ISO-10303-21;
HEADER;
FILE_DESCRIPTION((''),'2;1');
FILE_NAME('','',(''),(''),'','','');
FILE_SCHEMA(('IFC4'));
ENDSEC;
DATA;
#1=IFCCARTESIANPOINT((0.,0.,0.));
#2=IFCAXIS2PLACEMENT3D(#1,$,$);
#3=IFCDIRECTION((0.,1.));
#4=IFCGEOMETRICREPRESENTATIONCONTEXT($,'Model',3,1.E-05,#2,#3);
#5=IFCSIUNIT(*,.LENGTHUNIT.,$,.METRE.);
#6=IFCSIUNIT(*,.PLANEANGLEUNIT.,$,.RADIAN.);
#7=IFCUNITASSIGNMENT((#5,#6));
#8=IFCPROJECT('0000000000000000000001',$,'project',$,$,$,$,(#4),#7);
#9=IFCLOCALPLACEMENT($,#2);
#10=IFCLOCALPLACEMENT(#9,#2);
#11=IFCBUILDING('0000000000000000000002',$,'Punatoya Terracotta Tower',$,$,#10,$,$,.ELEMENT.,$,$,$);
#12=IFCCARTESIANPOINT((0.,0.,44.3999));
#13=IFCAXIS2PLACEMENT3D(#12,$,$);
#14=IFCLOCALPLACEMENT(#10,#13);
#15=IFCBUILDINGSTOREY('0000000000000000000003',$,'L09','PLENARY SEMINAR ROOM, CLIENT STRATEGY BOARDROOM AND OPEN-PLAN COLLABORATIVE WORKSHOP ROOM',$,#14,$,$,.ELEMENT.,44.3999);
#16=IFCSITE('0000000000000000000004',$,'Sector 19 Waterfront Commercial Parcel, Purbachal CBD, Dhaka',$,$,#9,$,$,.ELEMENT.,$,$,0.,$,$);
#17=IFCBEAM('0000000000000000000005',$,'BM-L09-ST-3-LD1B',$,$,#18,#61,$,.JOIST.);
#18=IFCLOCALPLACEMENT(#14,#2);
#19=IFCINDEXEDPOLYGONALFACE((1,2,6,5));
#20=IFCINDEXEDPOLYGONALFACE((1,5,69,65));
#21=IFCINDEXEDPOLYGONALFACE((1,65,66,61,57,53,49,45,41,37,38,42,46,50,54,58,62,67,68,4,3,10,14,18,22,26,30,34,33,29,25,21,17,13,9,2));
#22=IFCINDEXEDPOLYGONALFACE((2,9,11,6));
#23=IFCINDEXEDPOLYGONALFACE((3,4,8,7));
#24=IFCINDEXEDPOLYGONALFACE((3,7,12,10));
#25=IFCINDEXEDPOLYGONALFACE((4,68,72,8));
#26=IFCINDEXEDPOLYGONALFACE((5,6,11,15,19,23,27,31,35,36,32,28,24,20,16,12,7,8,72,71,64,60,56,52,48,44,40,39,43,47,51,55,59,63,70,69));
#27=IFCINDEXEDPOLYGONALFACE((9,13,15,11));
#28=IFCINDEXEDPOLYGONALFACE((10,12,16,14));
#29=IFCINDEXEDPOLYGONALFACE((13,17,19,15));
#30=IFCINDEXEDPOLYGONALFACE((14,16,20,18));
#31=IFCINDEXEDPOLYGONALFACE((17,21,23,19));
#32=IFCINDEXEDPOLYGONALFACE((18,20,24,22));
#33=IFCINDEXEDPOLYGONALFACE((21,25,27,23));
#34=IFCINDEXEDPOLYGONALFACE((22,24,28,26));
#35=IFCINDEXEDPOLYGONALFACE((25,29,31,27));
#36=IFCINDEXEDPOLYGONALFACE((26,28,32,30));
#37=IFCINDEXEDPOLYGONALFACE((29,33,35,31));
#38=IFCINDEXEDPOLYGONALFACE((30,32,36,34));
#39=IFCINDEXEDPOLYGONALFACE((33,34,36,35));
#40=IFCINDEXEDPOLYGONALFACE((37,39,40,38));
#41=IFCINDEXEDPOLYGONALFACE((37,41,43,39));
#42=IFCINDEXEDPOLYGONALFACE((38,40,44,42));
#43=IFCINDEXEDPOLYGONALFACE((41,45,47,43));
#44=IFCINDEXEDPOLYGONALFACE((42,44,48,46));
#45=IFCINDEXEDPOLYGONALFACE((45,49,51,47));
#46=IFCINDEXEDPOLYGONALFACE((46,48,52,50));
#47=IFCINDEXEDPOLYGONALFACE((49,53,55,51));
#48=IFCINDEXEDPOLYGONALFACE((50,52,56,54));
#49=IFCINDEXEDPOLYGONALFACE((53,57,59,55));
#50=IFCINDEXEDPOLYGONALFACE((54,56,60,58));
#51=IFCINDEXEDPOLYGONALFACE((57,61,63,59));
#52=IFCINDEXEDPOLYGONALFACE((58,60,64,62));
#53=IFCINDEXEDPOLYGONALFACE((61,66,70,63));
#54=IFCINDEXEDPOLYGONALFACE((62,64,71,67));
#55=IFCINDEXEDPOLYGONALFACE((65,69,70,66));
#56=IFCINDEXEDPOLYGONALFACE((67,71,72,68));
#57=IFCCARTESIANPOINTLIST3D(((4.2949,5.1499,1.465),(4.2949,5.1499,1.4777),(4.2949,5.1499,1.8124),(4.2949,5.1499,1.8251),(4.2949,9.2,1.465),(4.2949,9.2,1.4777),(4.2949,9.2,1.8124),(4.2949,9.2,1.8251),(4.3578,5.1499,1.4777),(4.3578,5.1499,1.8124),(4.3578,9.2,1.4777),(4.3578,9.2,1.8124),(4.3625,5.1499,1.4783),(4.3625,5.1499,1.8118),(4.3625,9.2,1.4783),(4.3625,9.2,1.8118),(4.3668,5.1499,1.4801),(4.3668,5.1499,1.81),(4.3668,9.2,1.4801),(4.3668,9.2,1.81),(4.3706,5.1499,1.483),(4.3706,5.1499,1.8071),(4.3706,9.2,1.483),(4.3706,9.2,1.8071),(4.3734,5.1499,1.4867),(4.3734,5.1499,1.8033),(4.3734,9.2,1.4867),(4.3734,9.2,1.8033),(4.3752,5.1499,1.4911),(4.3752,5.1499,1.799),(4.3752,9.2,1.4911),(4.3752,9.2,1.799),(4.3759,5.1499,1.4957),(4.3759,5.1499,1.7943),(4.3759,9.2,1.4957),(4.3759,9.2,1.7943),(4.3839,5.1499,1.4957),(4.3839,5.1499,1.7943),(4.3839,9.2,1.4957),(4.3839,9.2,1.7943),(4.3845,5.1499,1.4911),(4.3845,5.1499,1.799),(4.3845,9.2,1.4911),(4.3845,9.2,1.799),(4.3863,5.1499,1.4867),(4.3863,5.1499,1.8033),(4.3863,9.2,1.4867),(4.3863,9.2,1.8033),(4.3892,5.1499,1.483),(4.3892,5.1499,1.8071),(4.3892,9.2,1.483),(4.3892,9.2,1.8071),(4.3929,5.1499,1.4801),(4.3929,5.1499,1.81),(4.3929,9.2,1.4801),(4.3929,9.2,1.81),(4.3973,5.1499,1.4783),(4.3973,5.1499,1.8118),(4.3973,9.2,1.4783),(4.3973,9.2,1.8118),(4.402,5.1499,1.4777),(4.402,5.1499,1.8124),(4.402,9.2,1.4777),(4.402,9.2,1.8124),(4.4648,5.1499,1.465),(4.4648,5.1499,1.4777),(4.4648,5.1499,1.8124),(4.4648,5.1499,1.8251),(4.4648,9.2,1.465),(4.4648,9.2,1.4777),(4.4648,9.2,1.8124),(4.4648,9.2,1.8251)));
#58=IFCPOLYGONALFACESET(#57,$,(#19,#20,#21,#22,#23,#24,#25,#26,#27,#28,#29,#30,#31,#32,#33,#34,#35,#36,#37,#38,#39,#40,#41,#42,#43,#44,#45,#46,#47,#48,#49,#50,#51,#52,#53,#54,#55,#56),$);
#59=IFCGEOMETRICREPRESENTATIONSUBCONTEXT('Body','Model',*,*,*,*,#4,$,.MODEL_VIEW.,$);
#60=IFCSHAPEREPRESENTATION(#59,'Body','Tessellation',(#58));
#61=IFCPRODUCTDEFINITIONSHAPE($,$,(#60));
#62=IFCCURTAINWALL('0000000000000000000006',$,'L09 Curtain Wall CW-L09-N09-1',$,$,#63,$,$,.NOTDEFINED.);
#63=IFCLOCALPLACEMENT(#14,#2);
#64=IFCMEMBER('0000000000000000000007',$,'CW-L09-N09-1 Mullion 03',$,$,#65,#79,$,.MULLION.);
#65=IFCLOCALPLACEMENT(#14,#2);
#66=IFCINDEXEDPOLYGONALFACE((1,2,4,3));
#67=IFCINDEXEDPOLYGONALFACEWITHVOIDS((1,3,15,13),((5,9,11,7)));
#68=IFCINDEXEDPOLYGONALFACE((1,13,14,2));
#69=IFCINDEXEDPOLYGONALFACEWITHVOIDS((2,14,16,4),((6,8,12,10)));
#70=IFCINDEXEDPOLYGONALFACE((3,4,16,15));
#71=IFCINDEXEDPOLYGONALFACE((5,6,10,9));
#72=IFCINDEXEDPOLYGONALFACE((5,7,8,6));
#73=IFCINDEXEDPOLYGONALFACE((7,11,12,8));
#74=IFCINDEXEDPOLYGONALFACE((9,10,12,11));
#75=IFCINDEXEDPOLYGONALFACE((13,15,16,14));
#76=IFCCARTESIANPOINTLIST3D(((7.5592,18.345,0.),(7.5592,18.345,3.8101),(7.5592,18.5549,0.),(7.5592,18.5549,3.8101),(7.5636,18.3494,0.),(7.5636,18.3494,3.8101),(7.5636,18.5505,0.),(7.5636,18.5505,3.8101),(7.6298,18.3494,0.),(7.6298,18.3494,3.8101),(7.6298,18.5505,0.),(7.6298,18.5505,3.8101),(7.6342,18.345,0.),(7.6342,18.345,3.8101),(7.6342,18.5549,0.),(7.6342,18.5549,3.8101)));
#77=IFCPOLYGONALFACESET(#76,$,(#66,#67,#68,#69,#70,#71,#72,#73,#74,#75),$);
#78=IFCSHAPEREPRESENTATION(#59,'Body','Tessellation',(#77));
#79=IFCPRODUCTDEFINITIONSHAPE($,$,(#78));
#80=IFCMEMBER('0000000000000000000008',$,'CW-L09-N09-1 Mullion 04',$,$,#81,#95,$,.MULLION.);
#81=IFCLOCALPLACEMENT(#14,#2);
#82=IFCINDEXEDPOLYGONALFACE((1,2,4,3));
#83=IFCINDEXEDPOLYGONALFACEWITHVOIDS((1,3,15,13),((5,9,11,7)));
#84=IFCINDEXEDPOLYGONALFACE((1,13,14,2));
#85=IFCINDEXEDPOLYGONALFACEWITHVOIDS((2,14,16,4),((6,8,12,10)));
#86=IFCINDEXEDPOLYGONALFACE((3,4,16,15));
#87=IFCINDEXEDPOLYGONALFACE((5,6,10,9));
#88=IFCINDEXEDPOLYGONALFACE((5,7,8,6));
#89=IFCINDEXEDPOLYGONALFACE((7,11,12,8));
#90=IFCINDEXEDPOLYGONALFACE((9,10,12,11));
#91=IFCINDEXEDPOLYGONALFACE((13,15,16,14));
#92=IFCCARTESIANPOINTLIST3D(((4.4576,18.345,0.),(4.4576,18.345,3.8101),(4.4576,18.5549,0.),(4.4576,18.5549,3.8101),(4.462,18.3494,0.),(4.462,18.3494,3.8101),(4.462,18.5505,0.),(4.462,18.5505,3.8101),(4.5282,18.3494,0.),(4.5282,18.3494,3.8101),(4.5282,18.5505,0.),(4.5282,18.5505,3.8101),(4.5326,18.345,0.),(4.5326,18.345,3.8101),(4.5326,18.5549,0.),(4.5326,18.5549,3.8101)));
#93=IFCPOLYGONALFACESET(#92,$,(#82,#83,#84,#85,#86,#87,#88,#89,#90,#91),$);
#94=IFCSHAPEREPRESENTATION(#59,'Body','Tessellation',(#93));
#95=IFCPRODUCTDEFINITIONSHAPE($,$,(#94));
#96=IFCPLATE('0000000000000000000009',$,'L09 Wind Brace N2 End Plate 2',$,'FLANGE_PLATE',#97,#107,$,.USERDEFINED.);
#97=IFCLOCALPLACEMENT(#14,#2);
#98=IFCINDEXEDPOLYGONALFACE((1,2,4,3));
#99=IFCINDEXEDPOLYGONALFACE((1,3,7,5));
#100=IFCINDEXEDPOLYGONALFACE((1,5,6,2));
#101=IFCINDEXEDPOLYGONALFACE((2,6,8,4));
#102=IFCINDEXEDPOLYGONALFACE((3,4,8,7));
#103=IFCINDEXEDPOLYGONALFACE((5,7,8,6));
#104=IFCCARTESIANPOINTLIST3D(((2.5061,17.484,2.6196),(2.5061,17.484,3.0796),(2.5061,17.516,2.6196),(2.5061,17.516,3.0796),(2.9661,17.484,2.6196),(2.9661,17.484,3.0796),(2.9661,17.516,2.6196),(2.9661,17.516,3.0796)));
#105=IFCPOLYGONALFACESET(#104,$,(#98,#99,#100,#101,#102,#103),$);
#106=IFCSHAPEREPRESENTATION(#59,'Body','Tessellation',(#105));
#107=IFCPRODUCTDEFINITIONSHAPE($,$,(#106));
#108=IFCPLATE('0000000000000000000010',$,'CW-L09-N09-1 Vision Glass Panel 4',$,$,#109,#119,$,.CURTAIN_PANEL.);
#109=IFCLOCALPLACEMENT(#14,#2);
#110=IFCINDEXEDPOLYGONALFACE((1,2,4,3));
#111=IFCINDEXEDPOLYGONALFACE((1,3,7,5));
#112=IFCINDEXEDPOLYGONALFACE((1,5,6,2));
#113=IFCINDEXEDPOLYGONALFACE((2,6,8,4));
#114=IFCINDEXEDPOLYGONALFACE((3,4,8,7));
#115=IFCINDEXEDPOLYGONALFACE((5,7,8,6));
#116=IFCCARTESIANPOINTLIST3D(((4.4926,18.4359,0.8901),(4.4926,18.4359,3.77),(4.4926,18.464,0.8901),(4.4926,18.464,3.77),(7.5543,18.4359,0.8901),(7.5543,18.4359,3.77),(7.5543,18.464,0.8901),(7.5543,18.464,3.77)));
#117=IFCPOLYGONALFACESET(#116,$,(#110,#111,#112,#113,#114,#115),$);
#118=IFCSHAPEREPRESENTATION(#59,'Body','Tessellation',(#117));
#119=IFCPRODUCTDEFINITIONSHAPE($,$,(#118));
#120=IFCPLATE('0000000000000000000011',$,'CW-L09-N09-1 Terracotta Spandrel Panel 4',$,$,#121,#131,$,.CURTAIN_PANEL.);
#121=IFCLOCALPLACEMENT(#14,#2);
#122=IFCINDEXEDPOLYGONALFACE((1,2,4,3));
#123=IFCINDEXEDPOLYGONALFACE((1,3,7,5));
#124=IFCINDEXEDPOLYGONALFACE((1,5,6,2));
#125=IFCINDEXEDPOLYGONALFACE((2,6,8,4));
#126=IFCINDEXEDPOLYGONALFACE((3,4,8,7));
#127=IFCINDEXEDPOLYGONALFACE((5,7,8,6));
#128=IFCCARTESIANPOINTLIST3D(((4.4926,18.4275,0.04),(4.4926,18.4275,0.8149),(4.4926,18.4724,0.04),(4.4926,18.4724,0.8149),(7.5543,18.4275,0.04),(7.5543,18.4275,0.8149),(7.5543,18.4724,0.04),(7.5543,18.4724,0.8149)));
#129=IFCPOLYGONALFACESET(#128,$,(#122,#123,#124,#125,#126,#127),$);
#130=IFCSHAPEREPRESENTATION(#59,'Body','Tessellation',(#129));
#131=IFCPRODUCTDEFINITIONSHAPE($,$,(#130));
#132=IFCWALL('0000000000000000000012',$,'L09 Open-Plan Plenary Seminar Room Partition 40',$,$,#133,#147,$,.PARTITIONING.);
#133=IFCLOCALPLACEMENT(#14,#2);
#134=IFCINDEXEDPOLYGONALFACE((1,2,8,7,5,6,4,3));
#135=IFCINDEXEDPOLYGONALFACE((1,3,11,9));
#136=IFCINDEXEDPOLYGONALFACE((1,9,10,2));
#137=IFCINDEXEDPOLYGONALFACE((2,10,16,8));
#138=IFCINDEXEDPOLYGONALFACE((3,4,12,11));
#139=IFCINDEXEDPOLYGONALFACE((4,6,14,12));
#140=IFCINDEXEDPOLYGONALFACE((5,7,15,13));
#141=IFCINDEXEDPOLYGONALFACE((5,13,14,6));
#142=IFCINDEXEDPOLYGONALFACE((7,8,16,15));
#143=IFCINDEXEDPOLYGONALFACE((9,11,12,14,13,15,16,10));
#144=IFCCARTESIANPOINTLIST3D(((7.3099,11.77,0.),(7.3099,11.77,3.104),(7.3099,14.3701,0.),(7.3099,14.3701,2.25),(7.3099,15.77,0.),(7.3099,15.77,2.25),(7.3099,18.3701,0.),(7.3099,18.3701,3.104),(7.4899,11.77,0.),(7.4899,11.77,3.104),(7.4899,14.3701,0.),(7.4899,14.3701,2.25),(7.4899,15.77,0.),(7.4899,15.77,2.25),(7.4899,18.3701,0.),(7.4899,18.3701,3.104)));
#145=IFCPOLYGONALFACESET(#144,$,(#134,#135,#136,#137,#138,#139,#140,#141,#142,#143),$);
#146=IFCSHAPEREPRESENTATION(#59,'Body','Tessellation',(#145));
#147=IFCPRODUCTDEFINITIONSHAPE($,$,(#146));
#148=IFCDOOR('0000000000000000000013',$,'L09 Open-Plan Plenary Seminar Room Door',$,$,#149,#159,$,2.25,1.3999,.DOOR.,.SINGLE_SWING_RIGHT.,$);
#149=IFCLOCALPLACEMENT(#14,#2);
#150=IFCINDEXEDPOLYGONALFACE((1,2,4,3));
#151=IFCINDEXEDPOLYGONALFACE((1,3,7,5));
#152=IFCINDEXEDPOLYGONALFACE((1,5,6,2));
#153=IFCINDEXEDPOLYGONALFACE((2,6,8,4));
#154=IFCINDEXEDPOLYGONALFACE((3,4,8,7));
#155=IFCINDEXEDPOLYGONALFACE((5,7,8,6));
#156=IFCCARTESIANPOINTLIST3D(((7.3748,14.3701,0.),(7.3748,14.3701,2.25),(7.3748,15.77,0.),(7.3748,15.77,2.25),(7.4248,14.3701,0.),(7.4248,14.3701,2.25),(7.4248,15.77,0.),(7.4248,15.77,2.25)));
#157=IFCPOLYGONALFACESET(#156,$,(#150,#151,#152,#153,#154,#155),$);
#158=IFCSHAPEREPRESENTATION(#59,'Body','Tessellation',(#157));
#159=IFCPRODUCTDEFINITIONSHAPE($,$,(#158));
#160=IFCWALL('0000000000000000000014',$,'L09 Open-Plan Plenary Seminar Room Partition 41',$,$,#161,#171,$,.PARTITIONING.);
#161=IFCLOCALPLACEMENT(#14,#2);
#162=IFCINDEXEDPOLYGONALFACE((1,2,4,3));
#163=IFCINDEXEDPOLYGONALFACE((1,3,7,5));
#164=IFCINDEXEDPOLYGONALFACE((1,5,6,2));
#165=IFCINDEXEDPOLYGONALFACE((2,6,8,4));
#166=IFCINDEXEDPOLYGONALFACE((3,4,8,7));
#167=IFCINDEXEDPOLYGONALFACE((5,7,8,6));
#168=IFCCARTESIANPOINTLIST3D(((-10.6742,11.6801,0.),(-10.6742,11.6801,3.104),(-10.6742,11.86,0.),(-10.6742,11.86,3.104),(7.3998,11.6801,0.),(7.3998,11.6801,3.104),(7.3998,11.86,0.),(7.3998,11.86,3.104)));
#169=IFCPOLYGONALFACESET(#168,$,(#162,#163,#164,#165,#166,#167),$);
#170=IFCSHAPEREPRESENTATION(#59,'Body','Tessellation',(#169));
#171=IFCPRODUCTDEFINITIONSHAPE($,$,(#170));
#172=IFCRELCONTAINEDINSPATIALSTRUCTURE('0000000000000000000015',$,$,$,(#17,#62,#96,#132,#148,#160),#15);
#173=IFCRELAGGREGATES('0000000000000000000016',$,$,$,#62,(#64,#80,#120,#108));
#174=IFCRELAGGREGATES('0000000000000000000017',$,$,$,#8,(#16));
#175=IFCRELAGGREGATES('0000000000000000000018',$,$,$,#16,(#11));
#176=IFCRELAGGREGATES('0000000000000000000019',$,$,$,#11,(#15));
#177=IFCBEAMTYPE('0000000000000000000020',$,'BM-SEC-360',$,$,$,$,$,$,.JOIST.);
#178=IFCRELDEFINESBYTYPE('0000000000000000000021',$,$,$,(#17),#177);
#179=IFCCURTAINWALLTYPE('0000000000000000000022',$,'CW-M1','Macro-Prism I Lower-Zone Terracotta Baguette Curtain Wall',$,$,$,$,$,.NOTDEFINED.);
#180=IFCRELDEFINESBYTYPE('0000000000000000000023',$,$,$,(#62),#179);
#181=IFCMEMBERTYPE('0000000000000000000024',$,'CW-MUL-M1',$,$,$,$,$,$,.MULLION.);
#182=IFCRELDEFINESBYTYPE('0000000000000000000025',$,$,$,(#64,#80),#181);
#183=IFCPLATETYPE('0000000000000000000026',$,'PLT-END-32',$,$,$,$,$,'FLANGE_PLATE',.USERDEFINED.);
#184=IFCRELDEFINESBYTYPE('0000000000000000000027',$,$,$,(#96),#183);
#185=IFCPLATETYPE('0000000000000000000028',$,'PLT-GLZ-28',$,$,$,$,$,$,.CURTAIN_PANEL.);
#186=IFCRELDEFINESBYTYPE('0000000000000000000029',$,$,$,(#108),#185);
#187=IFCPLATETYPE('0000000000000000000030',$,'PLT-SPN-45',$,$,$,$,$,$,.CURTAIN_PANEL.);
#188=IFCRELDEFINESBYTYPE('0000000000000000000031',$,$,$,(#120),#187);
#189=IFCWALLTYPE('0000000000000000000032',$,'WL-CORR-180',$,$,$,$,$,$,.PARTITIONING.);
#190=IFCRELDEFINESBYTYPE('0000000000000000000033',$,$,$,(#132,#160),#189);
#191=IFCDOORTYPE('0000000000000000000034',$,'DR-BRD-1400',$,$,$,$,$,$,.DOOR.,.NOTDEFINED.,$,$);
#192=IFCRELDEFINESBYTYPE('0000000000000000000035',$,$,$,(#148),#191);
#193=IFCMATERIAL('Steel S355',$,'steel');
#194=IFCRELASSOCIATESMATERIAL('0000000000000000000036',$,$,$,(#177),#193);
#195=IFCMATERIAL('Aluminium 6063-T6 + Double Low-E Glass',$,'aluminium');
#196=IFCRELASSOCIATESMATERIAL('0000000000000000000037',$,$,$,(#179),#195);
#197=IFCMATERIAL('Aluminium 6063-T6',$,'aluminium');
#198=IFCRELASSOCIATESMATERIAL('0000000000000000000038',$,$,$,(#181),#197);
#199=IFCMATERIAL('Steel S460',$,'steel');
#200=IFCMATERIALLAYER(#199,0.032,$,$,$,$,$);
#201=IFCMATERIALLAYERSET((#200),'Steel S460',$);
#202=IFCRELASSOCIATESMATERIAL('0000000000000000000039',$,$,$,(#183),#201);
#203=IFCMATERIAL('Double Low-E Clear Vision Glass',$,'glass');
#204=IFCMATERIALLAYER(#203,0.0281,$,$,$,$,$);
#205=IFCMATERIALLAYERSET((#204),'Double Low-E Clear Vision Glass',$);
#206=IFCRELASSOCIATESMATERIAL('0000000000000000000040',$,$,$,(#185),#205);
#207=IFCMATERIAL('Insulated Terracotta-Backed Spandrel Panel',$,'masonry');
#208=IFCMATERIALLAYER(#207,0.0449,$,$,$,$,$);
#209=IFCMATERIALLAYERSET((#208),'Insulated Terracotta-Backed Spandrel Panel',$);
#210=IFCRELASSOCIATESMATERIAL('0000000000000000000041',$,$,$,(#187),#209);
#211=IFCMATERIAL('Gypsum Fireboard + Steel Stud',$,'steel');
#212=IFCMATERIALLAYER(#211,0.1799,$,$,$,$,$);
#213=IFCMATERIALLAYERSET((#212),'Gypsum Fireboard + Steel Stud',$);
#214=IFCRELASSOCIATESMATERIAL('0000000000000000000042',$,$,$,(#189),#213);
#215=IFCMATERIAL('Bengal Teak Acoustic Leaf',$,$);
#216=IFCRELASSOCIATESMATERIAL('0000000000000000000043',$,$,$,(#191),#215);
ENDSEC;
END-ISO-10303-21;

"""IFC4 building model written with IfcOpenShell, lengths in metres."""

from ifc_helpers import new_model, si_unit, direction, frame, frame_2d, origin, origin_2d, place, context, subcontext, project, spatial, rectangle, hollow_rectangle, i_section, extrude, material, layer, layer_set, material_profile, profile_set, type_object, element, fill, aggregate, save


model = new_model("IFC4")

# Units and contexts
model_context = context("Model", 3, precision=1e-05, world=origin(), true_north=direction((0.0, 1.0)))
body_context = subcontext(model_context, "Body", "Model", "MODEL_VIEW")
ifc_project = project(units=[si_unit("LENGTHUNIT", "METRE"), si_unit("PLANEANGLEUNIT", "RADIAN")], contexts=[model_context])

# Site, building, storey
site_placement = place(None, origin())
site = spatial("IfcSite", under=ifc_project, at=site_placement, Name="Sector 19 Waterfront Commercial Parcel, Purbachal CBD, Dhaka", CompositionType="ELEMENT", RefElevation=0.0)
building_placement = place(site_placement, origin())
building = spatial("IfcBuilding", under=site, at=building_placement, Name="Punatoya Terracotta Tower", CompositionType="ELEMENT")
storey_placement = place(building_placement, frame((0.0, 0.0, 44.3999)))
storey = spatial("IfcBuildingStorey", under=building, at=storey_placement, Name="L09", Description="PLENARY SEMINAR ROOM, CLIENT STRATEGY BOARDROOM AND OPEN-PLAN COLLABORATIVE WORKSHOP ROOM", CompositionType="ELEMENT", Elevation=44.3999)

# Shared definitions
ifc_material_1 = material(Name="Steel S460", Category="steel")

# Beam
ifc_material_2 = material(Name="Steel S355", Category="steel")
ifc_material_profile_1 = material_profile(ifc_material_2, i_section(OverallWidth=0.1699, OverallDepth=0.3601, WebThickness=0.0081, FlangeThickness=0.0127, FilletRadius=0.0181, at=origin_2d()))
ifc_profile_set_1 = profile_set([ifc_material_profile_1], Name="Steel S355")
beam_type_1 = type_object("IfcBeamType", Name="BM-SEC-360", PredefinedType="JOIST", material=ifc_profile_set_1)
for number, where, z_axis, x_axis, name in (
    (1, (4.3799, 5.1499, 1.645), (0.0, 1.0, 0.0), (-1.0, 0.0, 0.0), "BM-L09-ST-3-LD1B"),
):
    element("IfcBeam", number, at=place(storey_placement, frame(where, z_axis=z_axis, x_axis=x_axis)), inside=storey, type_object=beam_type_1, Name=name, PredefinedType="JOIST", context=body_context, shape_type="SweptSolid", body=[
        extrude(i_section(OverallWidth=0.1699, OverallDepth=0.3601, WebThickness=0.0081, FlangeThickness=0.0127, FilletRadius=0.0181, at=origin_2d()), origin(), (0.0, 0.0, 1.0), 4.05),
    ])

# Curtain wall, members
ifc_material_3 = material(Name="Aluminium 6063-T6 + Double Low-E Glass", Category="aluminium")
curtain_wall_type = type_object("IfcCurtainWallType", Name="CW-M1", Description="Macro-Prism I Lower-Zone Terracotta Baguette Curtain Wall", PredefinedType="NOTDEFINED", material=ifc_material_3)
curtain_wall_placement = place(storey_placement, origin())
curtain_wall = element("IfcCurtainWall", 2, at=curtain_wall_placement, inside=storey, type_object=curtain_wall_type, Name="L09 Curtain Wall CW-L09-N09-1", PredefinedType="NOTDEFINED")
ifc_material_4 = material(Name="Aluminium 6063-T6", Category="aluminium")
ifc_material_profile_2 = material_profile(ifc_material_4, hollow_rectangle(XDim=0.075, YDim=0.21, WallThickness=0.0044, at=origin_2d()))
ifc_profile_set_2 = profile_set([ifc_material_profile_2], Name="Aluminium 6063-T6")
member_type = type_object("IfcMemberType", Name="CW-MUL-M1", PredefinedType="MULLION", material=ifc_profile_set_2)
member_1_placement = place(storey_placement, frame((7.5967, 18.45, 0.0), z_axis=(0.0, 0.0, 1.0), x_axis=(1.0, 0.0, 0.0)))
member_1 = element("IfcMember", 3, at=member_1_placement, type_object=member_type, Name="CW-L09-N09-1 Mullion 03", PredefinedType="MULLION", context=body_context, shape_type="SweptSolid", body=[
    extrude(hollow_rectangle(XDim=0.075, YDim=0.21, WallThickness=0.0044, at=origin_2d()), origin(), (0.0, 0.0, 1.0), 3.8101),
])
member_2_placement = place(storey_placement, frame((4.4951, 18.45, 0.0), z_axis=(0.0, 0.0, 1.0), x_axis=(1.0, 0.0, 0.0)))
member_2 = element("IfcMember", 4, at=member_2_placement, type_object=member_type, Name="CW-L09-N09-1 Mullion 04", PredefinedType="MULLION", context=body_context, shape_type="SweptSolid", body=[
    extrude(hollow_rectangle(XDim=0.075, YDim=0.21, WallThickness=0.0044, at=origin_2d()), origin(), (0.0, 0.0, 1.0), 3.8101),
])

# Plates
ifc_layer_1 = layer(ifc_material_1, 0.032)
ifc_layer_set_1 = layer_set([ifc_layer_1], Name="Steel S460")
plate_type_1 = type_object("IfcPlateType", Name="PLT-END-32", ElementType="FLANGE_PLATE", PredefinedType="USERDEFINED", material=ifc_layer_set_1)
plate_1_placement = place(storey_placement, frame((2.7361, 17.5, 2.6196), z_axis=(0.0, 0.0, 1.0), x_axis=(1.0, 0.0, 0.0)))
element("IfcPlate", 5, at=plate_1_placement, inside=storey, type_object=plate_type_1, Name="L09 Wind Brace N2 End Plate 2", ObjectType="FLANGE_PLATE", PredefinedType="USERDEFINED", context=body_context, shape_type="SweptSolid", body=[
    extrude(rectangle(XDim=0.46, YDim=0.032, at=origin_2d()), origin(), (0.0, 0.0, 1.0), 0.46),
])
ifc_material_5 = material(Name="Double Low-E Clear Vision Glass", Category="glass")
ifc_layer_2 = layer(ifc_material_5, 0.0281)
ifc_layer_set_2 = layer_set([ifc_layer_2], Name="Double Low-E Clear Vision Glass")
plate_type_2 = type_object("IfcPlateType", Name="PLT-GLZ-28", PredefinedType="CURTAIN_PANEL", material=ifc_layer_set_2)
plate_2_placement = place(storey_placement, frame((6.0234, 18.45, 0.8901), z_axis=(0.0, 0.0, 1.0), x_axis=(-1.0, 0.0, 0.0)))
plate_2 = element("IfcPlate", 6, at=plate_2_placement, type_object=plate_type_2, Name="CW-L09-N09-1 Vision Glass Panel 4", PredefinedType="CURTAIN_PANEL", context=body_context, shape_type="SweptSolid", body=[
    extrude(rectangle(XDim=3.0618, YDim=0.0281, at=origin_2d()), origin(), (0.0, 0.0, 1.0), 2.8799),
])
ifc_material_6 = material(Name="Insulated Terracotta-Backed Spandrel Panel", Category="masonry")
ifc_layer_3 = layer(ifc_material_6, 0.0449)
ifc_layer_set_3 = layer_set([ifc_layer_3], Name="Insulated Terracotta-Backed Spandrel Panel")
plate_type_3 = type_object("IfcPlateType", Name="PLT-SPN-45", PredefinedType="CURTAIN_PANEL", material=ifc_layer_set_3)
plate_3_placement = place(storey_placement, frame((6.0234, 18.45, 0.04), z_axis=(0.0, 0.0, 1.0), x_axis=(-1.0, 0.0, 0.0)))
plate_3 = element("IfcPlate", 7, at=plate_3_placement, type_object=plate_type_3, Name="CW-L09-N09-1 Terracotta Spandrel Panel 4", PredefinedType="CURTAIN_PANEL", context=body_context, shape_type="SweptSolid", body=[
    extrude(rectangle(XDim=3.0618, YDim=0.0449, at=origin_2d()), origin(), (0.0, 0.0, 1.0), 0.7749),
])
aggregate(curtain_wall, [member_1, member_2, plate_3, plate_2])

# Wall, opening, door
ifc_material_7 = material(Name="Gypsum Fireboard + Steel Stud", Category="steel")
ifc_layer_4 = layer(ifc_material_7, 0.1799)
ifc_layer_set_4 = layer_set([ifc_layer_4], Name="Gypsum Fireboard + Steel Stud")
wall_type_1 = type_object("IfcWallType", Name="WL-CORR-180", PredefinedType="PARTITIONING", material=ifc_layer_set_4)
wall_1_placement = place(storey_placement, frame((7.3999, 18.3701, 0.0), z_axis=(0.0, 0.0, 1.0), x_axis=(0.0, -1.0, 0.0)))
wall_1 = element("IfcWall", 8, at=wall_1_placement, inside=storey, type_object=wall_type_1, Name="L09 Open-Plan Plenary Seminar Room Partition 40", PredefinedType="PARTITIONING", context=body_context, shape_type="SweptSolid", body=[
    extrude(rectangle(XDim=6.6001, YDim=0.1799, at=frame_2d((3.3, 0.0))), origin(), (0.0, 0.0, 1.0), 3.104),
])
opening_placement = place(wall_1_placement, frame((2.6001, 0.0, 0.0)))
opening = element("IfcOpeningElement", 9, at=opening_placement, cuts=wall_1, PredefinedType="OPENING", context=body_context, shape_type="SweptSolid", body=[
    extrude(rectangle(XDim=1.3999, YDim=2.25, at=frame_2d((0.7, 1.125))), frame((0.0, 0.0999, 0.0), z_axis=(0.0, -1.0, 0.0), x_axis=(1.0, 0.0, 0.0)), (0.0, 0.0, 1.0), 0.2),
])
ifc_material_8 = material(Name="Bengal Teak Acoustic Leaf")
door_type = type_object("IfcDoorType", Name="DR-BRD-1400", OperationType="NOTDEFINED", PredefinedType="DOOR", material=ifc_material_8)
door_placement = place(opening_placement, origin())
door = element("IfcDoor", 10, at=door_placement, inside=storey, type_object=door_type, Name="L09 Open-Plan Plenary Seminar Room Door", OperationType="SINGLE_SWING_RIGHT", OverallHeight=2.25, OverallWidth=1.3999, PredefinedType="DOOR", context=body_context, shape_type="SweptSolid", body=[
    extrude(rectangle(XDim=1.3999, YDim=2.25, at=frame_2d((0.7, 1.125))), frame((0.0, 0.0249, 0.0), z_axis=(0.0, -1.0, 0.0), x_axis=(1.0, 0.0, 0.0)), (0.0, 0.0, 1.0), 0.05),
])
fill(opening, door)

# Wall
wall_2_placement = place(storey_placement, frame((7.3999, 11.77, 0.0), z_axis=(0.0, 0.0, 1.0), x_axis=(-1.0, 0.0, 0.0)))
element("IfcWall", 11, at=wall_2_placement, inside=storey, type_object=wall_type_1, Name="L09 Open-Plan Plenary Seminar Room Partition 41", PredefinedType="PARTITIONING", context=body_context, shape_type="SweptSolid", body=[
    extrude(rectangle(XDim=18.074, YDim=0.1799, at=frame_2d((9.0371, 0.0))), origin(), (0.0, 0.0, 1.0), 3.104),
])

save(model, "model.ifc")
